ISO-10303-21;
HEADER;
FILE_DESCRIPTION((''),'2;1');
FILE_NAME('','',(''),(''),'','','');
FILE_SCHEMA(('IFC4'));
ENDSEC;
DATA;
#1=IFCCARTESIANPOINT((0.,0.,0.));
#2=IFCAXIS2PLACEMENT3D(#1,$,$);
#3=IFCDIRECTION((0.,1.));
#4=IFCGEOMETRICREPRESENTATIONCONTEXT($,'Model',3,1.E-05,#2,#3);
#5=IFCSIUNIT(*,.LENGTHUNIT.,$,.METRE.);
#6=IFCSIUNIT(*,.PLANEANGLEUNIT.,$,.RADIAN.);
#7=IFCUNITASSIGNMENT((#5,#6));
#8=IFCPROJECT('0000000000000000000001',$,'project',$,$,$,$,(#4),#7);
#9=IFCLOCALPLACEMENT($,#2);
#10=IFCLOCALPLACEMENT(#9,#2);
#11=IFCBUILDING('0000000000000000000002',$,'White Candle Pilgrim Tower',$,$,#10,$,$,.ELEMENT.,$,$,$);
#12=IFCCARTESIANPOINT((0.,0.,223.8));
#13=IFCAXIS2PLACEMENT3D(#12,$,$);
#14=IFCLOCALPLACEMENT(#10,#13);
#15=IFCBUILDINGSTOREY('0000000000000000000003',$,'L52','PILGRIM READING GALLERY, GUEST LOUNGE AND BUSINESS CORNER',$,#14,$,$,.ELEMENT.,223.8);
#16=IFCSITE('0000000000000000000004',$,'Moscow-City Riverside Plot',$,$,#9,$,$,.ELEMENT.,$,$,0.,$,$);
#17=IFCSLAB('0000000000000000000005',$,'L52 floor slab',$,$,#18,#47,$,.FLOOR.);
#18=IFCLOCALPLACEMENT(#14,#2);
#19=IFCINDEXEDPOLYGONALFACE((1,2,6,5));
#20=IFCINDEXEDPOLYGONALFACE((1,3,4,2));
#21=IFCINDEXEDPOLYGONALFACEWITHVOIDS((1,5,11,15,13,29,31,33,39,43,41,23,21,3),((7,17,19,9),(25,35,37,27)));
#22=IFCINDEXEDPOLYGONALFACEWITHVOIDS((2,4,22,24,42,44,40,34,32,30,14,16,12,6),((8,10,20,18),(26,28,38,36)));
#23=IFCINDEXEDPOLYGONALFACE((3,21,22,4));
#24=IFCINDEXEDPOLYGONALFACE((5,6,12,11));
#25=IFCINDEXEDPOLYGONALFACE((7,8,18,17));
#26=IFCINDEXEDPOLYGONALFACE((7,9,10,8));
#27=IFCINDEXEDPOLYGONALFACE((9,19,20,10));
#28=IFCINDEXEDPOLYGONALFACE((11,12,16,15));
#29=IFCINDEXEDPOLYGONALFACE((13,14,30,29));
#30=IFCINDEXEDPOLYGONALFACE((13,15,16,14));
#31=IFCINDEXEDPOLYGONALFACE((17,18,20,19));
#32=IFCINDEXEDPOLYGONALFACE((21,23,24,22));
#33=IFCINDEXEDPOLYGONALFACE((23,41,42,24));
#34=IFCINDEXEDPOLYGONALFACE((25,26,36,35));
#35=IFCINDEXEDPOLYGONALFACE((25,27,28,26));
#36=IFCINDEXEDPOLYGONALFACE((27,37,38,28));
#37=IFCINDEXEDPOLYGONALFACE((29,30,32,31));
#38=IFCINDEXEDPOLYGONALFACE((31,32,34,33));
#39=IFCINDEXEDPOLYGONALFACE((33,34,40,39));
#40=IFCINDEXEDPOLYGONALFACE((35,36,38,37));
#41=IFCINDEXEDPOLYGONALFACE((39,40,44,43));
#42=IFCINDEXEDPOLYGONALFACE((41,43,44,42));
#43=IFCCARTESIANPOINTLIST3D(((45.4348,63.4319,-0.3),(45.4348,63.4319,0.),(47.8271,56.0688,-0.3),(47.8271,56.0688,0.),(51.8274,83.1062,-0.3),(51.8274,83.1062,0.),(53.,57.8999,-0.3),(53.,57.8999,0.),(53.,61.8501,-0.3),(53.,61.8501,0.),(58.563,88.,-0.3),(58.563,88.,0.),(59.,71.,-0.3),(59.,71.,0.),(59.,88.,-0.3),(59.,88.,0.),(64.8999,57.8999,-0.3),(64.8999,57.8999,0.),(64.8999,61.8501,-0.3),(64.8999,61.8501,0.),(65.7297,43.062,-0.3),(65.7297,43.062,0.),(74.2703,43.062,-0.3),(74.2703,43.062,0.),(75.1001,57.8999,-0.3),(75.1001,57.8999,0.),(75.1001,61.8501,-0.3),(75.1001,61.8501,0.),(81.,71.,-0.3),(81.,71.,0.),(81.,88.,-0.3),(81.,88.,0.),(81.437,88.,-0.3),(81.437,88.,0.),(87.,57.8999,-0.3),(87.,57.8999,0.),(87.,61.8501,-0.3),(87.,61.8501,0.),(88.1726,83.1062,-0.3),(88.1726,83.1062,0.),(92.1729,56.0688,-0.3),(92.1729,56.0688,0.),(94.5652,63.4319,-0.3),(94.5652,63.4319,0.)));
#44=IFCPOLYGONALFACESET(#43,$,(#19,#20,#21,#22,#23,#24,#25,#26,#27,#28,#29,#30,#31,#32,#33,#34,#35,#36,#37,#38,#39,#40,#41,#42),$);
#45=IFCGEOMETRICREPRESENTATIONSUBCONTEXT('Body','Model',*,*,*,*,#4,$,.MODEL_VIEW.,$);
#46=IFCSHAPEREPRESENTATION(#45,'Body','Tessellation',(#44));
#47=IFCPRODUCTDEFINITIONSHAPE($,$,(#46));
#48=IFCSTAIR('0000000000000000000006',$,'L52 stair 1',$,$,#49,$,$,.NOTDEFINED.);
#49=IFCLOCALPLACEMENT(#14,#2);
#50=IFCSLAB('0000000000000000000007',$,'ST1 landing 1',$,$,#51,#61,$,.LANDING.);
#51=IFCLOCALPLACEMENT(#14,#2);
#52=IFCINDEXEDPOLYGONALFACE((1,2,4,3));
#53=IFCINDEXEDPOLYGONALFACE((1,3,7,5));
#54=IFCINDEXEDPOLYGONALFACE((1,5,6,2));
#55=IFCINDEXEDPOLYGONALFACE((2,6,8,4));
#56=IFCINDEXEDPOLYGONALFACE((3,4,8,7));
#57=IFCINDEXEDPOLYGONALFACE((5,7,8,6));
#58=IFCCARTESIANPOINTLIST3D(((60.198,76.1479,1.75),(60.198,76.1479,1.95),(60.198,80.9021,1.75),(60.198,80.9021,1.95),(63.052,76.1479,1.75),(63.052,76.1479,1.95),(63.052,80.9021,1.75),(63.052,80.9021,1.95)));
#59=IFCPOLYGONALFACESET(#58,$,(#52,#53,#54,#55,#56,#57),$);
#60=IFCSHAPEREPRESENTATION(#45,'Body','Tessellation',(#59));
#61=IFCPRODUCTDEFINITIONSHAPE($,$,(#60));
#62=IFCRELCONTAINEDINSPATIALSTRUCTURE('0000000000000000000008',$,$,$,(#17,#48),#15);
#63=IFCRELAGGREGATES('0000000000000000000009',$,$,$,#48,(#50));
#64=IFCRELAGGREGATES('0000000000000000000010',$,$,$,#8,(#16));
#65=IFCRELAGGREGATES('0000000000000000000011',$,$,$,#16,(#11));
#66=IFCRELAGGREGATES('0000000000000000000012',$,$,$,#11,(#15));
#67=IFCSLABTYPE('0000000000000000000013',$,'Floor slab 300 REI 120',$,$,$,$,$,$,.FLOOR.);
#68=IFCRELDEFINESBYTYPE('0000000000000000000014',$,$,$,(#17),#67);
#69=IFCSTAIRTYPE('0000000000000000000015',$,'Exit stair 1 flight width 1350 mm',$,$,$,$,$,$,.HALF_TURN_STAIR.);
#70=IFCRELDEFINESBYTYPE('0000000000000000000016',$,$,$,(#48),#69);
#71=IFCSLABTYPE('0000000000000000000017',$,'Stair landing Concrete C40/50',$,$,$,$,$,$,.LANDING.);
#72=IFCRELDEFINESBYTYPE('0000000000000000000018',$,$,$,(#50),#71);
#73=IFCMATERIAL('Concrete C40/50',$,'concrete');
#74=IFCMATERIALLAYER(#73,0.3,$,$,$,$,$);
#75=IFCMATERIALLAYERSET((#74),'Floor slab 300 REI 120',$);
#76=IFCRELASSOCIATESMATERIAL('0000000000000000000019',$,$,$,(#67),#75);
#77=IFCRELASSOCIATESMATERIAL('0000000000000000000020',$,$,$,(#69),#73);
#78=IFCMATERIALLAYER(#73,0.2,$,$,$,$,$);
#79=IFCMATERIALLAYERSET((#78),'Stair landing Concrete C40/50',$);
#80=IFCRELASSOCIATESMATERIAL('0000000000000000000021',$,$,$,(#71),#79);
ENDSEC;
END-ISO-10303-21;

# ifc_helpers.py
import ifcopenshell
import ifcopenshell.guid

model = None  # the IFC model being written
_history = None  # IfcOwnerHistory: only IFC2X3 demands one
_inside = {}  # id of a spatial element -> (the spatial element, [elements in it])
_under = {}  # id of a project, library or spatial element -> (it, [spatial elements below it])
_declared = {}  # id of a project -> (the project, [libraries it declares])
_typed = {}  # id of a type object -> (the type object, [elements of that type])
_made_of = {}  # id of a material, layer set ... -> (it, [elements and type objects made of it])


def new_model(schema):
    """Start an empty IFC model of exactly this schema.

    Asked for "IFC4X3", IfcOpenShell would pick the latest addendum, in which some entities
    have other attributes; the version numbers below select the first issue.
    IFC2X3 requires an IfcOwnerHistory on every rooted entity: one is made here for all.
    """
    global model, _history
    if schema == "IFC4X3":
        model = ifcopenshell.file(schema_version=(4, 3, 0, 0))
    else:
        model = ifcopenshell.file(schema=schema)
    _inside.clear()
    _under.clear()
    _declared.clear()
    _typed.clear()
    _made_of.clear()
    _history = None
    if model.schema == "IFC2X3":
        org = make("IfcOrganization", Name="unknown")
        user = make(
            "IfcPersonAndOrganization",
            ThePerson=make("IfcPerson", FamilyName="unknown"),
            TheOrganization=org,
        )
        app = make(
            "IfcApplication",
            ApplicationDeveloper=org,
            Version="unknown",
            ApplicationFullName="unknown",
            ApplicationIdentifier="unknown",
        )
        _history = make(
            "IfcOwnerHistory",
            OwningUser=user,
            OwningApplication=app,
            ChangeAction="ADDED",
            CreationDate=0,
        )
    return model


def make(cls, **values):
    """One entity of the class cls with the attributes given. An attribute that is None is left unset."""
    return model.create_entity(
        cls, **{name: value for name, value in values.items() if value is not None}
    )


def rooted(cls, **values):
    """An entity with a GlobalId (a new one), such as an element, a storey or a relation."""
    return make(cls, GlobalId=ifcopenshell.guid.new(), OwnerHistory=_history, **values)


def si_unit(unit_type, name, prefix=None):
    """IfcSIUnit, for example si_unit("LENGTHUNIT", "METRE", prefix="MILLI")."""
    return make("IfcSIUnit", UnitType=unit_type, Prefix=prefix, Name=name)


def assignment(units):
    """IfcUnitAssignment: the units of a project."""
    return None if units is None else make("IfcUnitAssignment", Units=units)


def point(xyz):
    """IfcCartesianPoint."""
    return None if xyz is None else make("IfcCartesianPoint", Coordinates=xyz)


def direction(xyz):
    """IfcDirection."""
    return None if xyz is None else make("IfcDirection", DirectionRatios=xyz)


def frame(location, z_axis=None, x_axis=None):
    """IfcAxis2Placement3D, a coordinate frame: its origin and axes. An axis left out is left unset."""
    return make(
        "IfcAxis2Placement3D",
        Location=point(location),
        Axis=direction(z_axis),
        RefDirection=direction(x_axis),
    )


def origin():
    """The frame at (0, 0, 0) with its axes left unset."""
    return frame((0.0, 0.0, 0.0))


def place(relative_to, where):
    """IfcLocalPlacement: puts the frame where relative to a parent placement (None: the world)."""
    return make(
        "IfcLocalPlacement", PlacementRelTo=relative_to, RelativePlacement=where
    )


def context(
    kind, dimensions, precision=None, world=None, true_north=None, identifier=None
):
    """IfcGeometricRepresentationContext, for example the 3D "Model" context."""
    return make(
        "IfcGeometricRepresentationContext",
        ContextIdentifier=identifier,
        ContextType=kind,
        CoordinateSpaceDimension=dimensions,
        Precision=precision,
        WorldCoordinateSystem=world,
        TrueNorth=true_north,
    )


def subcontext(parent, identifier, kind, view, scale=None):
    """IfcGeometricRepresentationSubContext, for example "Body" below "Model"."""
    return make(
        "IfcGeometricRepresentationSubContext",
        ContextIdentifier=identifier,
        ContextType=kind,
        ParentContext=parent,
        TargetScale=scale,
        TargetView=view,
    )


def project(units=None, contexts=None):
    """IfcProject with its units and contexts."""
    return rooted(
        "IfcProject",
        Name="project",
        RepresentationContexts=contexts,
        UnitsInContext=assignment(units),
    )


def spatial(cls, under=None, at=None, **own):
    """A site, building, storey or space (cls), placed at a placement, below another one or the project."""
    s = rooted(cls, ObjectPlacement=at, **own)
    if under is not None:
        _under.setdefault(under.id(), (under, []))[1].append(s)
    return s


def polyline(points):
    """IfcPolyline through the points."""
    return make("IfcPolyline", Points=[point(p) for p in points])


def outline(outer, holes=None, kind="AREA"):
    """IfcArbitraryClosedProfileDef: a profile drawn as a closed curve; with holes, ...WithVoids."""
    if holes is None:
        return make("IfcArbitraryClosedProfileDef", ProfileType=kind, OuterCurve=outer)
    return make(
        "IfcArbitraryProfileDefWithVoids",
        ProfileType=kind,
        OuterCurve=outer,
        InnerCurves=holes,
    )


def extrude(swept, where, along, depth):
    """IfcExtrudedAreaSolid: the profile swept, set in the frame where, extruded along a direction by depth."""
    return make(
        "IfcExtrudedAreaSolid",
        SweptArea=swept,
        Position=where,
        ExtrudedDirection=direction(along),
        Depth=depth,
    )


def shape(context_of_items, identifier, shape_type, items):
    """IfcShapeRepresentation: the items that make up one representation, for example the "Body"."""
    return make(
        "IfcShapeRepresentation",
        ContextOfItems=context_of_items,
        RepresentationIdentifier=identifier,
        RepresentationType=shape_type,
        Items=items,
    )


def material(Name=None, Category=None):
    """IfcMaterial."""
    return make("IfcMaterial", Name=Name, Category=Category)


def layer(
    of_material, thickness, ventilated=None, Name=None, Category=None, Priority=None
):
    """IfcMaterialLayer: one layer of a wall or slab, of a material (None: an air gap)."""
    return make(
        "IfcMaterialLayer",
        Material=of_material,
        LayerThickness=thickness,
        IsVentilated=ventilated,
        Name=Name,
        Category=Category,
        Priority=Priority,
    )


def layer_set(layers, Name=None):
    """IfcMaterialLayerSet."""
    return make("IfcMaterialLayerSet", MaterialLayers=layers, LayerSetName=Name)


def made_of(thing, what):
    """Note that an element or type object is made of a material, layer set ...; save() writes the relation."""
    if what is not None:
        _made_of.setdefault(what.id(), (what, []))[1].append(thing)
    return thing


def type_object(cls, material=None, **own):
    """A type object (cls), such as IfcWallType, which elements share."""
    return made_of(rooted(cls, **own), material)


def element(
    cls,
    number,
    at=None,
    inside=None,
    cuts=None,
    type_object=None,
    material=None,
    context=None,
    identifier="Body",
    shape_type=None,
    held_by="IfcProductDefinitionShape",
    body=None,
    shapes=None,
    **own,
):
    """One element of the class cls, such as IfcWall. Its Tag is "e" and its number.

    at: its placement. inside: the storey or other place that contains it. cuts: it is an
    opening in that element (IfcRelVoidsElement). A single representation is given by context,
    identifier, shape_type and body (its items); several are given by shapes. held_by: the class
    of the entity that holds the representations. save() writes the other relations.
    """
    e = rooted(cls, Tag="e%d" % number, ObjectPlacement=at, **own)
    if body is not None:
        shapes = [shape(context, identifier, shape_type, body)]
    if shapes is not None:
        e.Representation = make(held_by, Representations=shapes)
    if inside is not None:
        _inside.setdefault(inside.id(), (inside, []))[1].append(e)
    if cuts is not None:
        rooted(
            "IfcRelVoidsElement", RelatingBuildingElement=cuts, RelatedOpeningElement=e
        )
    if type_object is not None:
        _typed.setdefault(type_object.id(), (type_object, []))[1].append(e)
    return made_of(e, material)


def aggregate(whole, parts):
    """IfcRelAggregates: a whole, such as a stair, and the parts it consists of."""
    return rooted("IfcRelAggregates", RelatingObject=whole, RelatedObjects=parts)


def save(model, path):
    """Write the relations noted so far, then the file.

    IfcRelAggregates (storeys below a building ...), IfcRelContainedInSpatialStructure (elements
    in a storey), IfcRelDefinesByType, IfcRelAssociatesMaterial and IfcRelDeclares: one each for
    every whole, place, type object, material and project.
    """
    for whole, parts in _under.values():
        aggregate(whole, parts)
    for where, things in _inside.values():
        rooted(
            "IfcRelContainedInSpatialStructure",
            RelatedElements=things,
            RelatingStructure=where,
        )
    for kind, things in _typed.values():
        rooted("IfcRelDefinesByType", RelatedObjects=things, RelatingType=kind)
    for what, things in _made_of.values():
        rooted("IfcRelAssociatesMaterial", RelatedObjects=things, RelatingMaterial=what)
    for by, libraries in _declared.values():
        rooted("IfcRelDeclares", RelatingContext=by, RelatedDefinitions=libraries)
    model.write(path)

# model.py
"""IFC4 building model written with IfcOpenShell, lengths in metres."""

from ifc_helpers import new_model, si_unit, direction, frame, origin, place, context, subcontext, project, spatial, polyline, outline, extrude, material, layer, layer_set, type_object, element, aggregate, save


model = new_model("IFC4")

# Units and contexts
model_context = context("Model", 3, precision=1e-05, world=origin(), true_north=direction((0.0, 1.0)))
body_context = subcontext(model_context, "Body", "Model", "MODEL_VIEW")
ifc_project = project(units=[si_unit("LENGTHUNIT", "METRE"), si_unit("PLANEANGLEUNIT", "RADIAN")], contexts=[model_context])

# Site, building, storey
site_placement = place(None, origin())
site = spatial("IfcSite", under=ifc_project, at=site_placement, Name="Moscow-City Riverside Plot", CompositionType="ELEMENT", RefElevation=0.0)
building_placement = place(site_placement, origin())
building = spatial("IfcBuilding", under=site, at=building_placement, Name="White Candle Pilgrim Tower", CompositionType="ELEMENT")
storey_placement = place(building_placement, frame((0.0, 0.0, 223.8)))
storey = spatial("IfcBuildingStorey", under=building, at=storey_placement, Name="L52", Description="PILGRIM READING GALLERY, GUEST LOUNGE AND BUSINESS CORNER", CompositionType="ELEMENT", Elevation=223.8)

# Slab
ifc_material = material(Name="Concrete C40/50", Category="concrete")
ifc_layer_1 = layer(ifc_material, 0.3)
ifc_layer_set_1 = layer_set([ifc_layer_1], Name="Floor slab 300 REI 120")
slab_type_1 = type_object("IfcSlabType", Name="Floor slab 300 REI 120", PredefinedType="FLOOR", material=ifc_layer_set_1)
slab_1_placement = place(storey_placement, frame((0.0, 0.0, -0.3)))
element("IfcSlab", 1, at=slab_1_placement, inside=storey, type_object=slab_type_1, Name="L52 floor slab", PredefinedType="FLOOR", context=body_context, shape_type="SweptSolid", body=[
    extrude(outline(polyline([(65.7297, 43.062), (74.2703, 43.062), (92.1729, 56.0688), (94.5652, 63.4319), (88.1726, 83.1062), (81.437, 88.0), (81.0, 88.0), (81.0, 71.0), (59.0, 71.0), (59.0, 88.0), (58.563, 88.0), (51.8274, 83.1062), (45.4348, 63.4319), (47.8271, 56.0688), (65.7297, 43.062)]), holes=[polyline([(53.0, 57.8999), (53.0, 61.8501), (64.8999, 61.8501), (64.8999, 57.8999), (53.0, 57.8999)]), polyline([(75.1001, 57.8999), (75.1001, 61.8501), (87.0, 61.8501), (87.0, 57.8999), (75.1001, 57.8999)])]), origin(), (0.0, 0.0, 1.0), 0.3),
])

# Stair, slab
stair_type = type_object("IfcStairType", Name="Exit stair 1 flight width 1350 mm", PredefinedType="HALF_TURN_STAIR", material=ifc_material)
stair_placement = place(storey_placement, origin())
stair = element("IfcStair", 2, at=stair_placement, inside=storey, type_object=stair_type, Name="L52 stair 1", PredefinedType="NOTDEFINED")
ifc_layer_2 = layer(ifc_material, 0.2)
ifc_layer_set_2 = layer_set([ifc_layer_2], Name="Stair landing Concrete C40/50")
slab_type_2 = type_object("IfcSlabType", Name="Stair landing Concrete C40/50", PredefinedType="LANDING", material=ifc_layer_set_2)
slab_2_placement = place(storey_placement, frame((0.0, 0.0, 1.75)))
slab_2 = element("IfcSlab", 3, at=slab_2_placement, type_object=slab_type_2, Name="ST1 landing 1", PredefinedType="LANDING", context=body_context, shape_type="SweptSolid", body=[
    extrude(outline(polyline([(63.052, 76.1479), (60.198, 76.1479), (60.198, 80.9021), (63.052, 80.9021), (63.052, 76.1479)])), origin(), (0.0, 0.0, 1.0), 0.2),
])
aggregate(stair, [slab_2])

save(model, "model.ifc")
